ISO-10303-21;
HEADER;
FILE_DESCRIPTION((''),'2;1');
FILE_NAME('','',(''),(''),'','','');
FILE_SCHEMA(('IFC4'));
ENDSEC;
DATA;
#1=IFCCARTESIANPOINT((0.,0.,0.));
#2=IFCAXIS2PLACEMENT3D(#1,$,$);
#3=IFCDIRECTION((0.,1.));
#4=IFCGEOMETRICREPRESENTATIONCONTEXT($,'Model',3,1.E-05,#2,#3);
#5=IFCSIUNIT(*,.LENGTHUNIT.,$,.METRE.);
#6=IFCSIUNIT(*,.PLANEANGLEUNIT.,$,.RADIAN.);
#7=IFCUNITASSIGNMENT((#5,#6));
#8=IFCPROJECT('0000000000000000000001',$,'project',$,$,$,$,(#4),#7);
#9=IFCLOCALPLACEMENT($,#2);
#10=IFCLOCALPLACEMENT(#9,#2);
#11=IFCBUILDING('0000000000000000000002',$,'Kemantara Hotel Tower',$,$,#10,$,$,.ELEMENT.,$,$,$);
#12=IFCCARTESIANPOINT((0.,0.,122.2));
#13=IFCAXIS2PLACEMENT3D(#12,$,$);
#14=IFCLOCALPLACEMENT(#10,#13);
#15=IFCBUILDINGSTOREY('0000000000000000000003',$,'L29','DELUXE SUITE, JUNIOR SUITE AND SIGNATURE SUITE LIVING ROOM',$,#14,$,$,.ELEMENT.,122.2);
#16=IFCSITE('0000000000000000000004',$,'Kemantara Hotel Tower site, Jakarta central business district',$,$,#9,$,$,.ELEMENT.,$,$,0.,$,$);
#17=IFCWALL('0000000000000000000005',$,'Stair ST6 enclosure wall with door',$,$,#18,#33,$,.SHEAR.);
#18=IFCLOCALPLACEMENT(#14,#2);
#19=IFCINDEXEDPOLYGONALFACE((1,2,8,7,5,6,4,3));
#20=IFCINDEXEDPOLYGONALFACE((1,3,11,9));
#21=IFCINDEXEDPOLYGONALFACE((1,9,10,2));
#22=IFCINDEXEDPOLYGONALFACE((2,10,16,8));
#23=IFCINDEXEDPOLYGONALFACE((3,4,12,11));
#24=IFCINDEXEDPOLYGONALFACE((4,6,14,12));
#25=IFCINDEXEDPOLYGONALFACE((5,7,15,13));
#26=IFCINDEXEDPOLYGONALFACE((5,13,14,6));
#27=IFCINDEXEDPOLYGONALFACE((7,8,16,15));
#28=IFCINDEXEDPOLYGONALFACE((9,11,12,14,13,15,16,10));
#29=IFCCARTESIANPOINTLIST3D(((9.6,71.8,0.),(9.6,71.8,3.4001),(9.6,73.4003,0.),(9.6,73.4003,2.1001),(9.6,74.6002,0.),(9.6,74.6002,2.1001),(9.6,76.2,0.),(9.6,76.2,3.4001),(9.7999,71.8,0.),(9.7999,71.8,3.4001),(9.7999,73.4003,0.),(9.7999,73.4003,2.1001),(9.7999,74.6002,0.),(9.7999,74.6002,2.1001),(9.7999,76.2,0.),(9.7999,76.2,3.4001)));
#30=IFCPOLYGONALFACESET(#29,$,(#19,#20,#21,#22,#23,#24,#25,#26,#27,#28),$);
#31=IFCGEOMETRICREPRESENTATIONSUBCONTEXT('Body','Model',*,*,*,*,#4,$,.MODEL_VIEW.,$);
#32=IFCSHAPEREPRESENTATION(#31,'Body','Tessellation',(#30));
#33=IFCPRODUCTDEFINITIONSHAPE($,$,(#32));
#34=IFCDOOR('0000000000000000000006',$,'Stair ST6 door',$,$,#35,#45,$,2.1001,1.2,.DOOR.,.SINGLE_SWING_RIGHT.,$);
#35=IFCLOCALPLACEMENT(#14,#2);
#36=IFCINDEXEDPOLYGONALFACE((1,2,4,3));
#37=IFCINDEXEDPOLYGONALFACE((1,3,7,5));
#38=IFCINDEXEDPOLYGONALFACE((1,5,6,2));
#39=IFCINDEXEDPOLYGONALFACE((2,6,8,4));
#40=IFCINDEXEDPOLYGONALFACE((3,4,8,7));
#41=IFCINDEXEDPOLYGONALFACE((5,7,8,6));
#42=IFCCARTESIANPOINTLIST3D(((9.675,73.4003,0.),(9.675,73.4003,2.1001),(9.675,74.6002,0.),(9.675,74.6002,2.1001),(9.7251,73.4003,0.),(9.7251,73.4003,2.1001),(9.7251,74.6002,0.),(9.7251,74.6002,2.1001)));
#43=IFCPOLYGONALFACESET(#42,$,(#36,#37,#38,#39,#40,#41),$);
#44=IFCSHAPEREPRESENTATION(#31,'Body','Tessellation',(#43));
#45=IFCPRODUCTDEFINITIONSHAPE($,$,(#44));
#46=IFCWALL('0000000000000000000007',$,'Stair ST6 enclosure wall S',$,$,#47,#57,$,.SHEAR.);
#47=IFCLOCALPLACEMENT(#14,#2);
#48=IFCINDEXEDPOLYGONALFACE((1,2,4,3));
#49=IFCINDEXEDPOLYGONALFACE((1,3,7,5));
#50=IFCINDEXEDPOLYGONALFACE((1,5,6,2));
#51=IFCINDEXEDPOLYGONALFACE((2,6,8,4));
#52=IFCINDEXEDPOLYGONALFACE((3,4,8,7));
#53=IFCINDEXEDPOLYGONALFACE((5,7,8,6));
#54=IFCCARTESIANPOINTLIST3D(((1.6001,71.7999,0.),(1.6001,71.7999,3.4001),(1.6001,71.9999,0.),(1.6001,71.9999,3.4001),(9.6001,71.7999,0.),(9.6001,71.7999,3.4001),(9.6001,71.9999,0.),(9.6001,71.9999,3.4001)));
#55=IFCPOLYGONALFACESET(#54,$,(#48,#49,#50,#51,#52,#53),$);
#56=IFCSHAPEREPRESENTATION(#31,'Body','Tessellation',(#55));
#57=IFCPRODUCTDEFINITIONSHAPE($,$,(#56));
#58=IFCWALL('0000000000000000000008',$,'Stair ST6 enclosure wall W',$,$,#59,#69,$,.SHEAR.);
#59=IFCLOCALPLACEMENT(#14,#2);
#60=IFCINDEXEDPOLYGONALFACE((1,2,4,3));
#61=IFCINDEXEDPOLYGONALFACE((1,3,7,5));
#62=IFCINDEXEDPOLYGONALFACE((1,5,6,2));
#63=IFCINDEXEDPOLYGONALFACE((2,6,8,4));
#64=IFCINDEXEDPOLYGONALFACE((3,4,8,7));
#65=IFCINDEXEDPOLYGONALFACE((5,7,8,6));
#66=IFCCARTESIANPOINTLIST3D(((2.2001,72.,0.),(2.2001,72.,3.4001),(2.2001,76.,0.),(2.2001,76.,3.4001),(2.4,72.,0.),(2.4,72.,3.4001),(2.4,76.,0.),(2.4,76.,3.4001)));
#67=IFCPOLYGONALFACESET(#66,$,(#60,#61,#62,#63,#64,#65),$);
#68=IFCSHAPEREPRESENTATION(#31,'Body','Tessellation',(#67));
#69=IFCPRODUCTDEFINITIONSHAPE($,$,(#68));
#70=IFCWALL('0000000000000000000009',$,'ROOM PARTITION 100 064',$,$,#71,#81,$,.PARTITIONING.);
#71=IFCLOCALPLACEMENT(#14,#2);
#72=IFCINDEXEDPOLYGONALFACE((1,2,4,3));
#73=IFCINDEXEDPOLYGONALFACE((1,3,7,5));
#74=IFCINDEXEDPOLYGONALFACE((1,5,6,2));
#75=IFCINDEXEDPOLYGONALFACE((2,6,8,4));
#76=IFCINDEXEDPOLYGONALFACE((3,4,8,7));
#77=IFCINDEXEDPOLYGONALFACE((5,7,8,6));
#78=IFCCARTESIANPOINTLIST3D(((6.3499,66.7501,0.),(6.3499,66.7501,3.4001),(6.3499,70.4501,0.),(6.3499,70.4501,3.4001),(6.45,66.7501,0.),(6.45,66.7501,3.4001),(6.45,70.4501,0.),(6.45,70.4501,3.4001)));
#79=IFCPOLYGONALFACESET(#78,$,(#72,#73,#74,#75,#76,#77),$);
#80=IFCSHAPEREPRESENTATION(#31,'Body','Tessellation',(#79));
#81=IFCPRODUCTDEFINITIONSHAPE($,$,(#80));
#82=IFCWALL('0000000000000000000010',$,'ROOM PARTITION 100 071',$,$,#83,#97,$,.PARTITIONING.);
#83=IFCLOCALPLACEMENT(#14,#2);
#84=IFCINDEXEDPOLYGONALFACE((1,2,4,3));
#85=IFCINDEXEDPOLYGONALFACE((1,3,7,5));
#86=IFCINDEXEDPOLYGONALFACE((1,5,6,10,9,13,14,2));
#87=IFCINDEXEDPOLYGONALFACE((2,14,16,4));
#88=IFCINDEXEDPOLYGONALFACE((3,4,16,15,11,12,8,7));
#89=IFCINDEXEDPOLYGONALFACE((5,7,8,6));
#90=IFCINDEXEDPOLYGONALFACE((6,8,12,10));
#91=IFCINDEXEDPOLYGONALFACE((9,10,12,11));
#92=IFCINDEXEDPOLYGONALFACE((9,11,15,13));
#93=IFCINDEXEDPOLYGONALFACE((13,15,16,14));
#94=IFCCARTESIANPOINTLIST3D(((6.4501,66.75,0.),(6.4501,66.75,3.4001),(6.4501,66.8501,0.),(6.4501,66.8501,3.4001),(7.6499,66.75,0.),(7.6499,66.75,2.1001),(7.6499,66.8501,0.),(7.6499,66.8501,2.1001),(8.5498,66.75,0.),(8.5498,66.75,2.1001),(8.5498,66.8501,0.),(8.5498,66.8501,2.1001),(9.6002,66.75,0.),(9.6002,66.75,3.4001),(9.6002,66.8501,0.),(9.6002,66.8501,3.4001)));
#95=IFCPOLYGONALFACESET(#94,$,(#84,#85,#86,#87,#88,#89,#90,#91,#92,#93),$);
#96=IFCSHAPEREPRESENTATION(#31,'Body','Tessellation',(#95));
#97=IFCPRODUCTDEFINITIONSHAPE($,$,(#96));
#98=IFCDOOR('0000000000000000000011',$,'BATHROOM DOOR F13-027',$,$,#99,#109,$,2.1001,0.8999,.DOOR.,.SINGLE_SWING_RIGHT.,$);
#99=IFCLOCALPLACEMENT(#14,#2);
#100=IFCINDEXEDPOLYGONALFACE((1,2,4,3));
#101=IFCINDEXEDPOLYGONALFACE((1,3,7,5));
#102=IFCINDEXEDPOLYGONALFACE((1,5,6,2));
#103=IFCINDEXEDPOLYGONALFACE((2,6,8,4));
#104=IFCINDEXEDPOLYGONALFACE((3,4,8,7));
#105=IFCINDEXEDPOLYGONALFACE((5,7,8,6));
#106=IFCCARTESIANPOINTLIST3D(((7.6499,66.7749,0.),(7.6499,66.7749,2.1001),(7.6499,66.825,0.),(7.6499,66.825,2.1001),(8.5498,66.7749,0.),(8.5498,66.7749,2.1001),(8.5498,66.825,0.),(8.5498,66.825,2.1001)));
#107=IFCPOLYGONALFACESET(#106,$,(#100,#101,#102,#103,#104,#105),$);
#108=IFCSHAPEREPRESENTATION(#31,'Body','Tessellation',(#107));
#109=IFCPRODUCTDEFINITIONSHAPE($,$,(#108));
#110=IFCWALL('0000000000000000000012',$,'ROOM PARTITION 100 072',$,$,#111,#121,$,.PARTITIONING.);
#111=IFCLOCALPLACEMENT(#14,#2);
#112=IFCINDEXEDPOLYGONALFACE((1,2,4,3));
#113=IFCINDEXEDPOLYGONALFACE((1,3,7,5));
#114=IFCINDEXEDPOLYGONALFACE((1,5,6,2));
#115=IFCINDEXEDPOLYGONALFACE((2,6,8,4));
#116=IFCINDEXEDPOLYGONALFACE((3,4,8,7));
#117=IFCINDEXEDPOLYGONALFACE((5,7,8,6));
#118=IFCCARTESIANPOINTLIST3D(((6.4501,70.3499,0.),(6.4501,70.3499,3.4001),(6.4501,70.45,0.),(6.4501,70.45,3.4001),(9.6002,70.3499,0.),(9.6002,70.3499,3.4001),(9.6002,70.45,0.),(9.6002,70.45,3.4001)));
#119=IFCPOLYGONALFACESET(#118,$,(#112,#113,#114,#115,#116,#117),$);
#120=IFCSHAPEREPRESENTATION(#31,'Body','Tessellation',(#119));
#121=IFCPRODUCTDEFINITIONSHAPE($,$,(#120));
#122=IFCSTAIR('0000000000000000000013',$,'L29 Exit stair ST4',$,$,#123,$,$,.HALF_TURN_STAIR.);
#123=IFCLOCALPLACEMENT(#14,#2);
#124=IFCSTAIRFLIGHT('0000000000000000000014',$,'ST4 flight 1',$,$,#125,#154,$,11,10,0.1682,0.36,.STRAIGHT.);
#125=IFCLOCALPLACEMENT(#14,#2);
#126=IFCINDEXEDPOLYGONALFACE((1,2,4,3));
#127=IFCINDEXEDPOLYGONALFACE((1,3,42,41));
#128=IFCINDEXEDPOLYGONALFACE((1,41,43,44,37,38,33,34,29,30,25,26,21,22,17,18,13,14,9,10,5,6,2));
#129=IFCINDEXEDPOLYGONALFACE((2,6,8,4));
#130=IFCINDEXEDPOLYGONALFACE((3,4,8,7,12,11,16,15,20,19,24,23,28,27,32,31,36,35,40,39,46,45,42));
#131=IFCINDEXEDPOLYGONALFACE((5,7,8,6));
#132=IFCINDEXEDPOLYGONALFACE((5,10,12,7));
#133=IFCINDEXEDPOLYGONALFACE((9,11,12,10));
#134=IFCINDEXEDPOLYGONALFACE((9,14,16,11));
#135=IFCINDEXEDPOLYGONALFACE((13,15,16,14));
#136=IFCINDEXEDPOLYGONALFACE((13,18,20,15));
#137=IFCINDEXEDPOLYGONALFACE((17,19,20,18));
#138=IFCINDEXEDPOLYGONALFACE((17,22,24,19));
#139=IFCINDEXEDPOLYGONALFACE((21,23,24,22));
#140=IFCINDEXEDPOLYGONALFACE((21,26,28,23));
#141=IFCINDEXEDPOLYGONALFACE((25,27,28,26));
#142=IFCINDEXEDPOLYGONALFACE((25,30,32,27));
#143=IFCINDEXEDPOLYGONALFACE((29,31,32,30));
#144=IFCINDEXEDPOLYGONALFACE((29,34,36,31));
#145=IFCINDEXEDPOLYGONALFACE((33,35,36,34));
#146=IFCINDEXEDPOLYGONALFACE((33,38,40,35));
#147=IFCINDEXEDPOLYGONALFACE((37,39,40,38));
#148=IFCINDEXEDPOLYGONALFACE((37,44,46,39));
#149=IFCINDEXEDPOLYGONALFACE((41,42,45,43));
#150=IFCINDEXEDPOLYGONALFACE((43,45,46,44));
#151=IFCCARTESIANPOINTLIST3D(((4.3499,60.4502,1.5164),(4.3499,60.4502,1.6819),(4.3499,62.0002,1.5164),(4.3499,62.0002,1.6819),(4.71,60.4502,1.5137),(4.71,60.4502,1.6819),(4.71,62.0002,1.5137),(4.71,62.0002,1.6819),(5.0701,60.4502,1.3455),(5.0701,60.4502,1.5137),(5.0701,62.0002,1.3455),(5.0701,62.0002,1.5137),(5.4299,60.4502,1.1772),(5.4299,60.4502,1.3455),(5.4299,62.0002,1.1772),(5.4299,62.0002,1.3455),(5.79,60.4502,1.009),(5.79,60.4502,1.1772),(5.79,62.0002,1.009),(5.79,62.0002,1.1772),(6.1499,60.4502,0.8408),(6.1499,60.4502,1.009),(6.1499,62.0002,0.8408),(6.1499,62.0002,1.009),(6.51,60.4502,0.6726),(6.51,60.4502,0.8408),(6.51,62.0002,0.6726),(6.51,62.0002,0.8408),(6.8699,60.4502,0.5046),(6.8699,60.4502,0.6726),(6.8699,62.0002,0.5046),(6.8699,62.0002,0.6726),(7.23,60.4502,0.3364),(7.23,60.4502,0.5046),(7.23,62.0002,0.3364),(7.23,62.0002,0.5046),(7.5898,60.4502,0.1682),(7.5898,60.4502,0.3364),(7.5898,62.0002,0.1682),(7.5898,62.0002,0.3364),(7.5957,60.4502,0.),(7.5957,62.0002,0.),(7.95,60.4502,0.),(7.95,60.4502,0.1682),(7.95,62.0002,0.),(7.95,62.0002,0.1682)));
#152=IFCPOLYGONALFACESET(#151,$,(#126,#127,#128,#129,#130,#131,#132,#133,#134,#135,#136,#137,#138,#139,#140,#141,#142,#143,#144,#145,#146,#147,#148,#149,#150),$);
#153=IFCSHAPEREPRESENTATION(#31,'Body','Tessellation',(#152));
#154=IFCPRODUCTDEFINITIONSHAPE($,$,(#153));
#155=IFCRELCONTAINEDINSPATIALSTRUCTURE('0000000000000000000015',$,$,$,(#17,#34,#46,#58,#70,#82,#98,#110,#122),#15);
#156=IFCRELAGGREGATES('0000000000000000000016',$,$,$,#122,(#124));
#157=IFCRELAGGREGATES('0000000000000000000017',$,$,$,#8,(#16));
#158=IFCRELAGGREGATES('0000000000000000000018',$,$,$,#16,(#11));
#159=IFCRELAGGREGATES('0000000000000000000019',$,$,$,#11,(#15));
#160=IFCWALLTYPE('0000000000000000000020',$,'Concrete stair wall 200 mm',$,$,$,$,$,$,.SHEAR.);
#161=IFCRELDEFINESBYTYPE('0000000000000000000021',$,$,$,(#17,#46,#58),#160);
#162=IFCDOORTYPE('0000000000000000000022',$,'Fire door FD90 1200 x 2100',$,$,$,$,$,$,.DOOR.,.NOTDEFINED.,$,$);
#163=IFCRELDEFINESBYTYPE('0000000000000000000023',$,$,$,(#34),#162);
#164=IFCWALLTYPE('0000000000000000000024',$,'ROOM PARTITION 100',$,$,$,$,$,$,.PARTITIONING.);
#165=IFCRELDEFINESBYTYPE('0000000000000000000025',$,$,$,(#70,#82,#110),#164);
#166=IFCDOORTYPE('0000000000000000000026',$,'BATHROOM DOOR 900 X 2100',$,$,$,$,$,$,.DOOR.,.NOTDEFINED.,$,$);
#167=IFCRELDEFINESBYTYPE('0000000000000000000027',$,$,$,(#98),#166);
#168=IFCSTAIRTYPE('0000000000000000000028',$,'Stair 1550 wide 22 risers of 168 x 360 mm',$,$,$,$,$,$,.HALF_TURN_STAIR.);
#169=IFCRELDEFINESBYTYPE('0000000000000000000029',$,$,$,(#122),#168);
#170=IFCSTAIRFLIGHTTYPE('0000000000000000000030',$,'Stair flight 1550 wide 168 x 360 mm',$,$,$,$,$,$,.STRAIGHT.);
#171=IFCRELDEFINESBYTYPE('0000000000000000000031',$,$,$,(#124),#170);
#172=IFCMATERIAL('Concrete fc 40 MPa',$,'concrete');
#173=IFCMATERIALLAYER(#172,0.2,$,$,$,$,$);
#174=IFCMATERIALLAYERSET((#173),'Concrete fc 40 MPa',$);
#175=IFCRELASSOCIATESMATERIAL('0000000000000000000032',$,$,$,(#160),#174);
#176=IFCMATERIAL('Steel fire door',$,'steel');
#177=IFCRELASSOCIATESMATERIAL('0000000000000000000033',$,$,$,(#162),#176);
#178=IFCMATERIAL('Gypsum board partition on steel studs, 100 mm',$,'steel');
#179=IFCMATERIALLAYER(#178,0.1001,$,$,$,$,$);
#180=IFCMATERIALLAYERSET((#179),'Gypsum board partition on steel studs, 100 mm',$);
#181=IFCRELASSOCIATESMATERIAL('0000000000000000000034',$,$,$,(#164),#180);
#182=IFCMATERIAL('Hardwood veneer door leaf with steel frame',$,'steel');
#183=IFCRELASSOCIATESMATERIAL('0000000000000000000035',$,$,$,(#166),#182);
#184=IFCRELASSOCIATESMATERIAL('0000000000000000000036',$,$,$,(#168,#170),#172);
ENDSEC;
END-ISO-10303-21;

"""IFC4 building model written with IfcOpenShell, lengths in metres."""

from ifc_helpers import new_model, si_unit, direction, frame, frame_2d, origin, place, context, subcontext, project, spatial, polyline, rectangle, outline, extrude, material, layer, layer_set, type_object, element, fill, aggregate, save


model = new_model("IFC4")

# Units and contexts
model_context = context("Model", 3, precision=1e-05, world=origin(), true_north=direction((0.0, 1.0)))
body_context = subcontext(model_context, "Body", "Model", "MODEL_VIEW")
ifc_project = project(units=[si_unit("LENGTHUNIT", "METRE"), si_unit("PLANEANGLEUNIT", "RADIAN")], contexts=[model_context])

# Site, building, storey
site_placement = place(None, origin())
site = spatial("IfcSite", under=ifc_project, at=site_placement, Name="Kemantara Hotel Tower site, Jakarta central business district", CompositionType="ELEMENT", RefElevation=0.0)
building_placement = place(site_placement, origin())
building = spatial("IfcBuilding", under=site, at=building_placement, Name="Kemantara Hotel Tower", CompositionType="ELEMENT")
storey_placement = place(building_placement, frame((0.0, 0.0, 122.2)))
storey = spatial("IfcBuildingStorey", under=building, at=storey_placement, Name="L29", Description="DELUXE SUITE, JUNIOR SUITE AND SIGNATURE SUITE LIVING ROOM", CompositionType="ELEMENT", Elevation=122.2)

# Shared definitions
ifc_material_1 = material(Name="Hardwood veneer door leaf with steel frame", Category="steel")

# Shared definitions
ifc_material_2 = material(Name="Concrete fc 40 MPa", Category="concrete")
ifc_layer_1 = layer(ifc_material_2, 0.2)
ifc_layer_set_1 = layer_set([ifc_layer_1], Name="Concrete fc 40 MPa")
wall_type_1 = type_object("IfcWallType", Name="Concrete stair wall 200 mm", PredefinedType="SHEAR", material=ifc_layer_set_1)

# Wall, opening, door
wall_1_placement = place(storey_placement, frame((9.7, 71.8, 0.0), z_axis=(0.0, 0.0, 1.0), x_axis=(0.0, 1.0, 0.0)))
wall_1 = element("IfcWall", 1, at=wall_1_placement, inside=storey, type_object=wall_type_1, Name="Stair ST6 enclosure wall with door", PredefinedType="SHEAR", context=body_context, shape_type="SweptSolid", body=[
    extrude(rectangle(XDim=4.3999, YDim=0.2, at=frame_2d((2.2, 0.0))), origin(), (0.0, 0.0, 1.0), 3.4001),
])
opening_1_placement = place(wall_1_placement, frame((1.6001, 0.0, 0.0)))
opening_1 = element("IfcOpeningElement", 2, at=opening_1_placement, cuts=wall_1, PredefinedType="OPENING", context=body_context, shape_type="SweptSolid", body=[
    extrude(rectangle(XDim=1.2, YDim=2.1001, at=frame_2d((0.6001, 1.05))), frame((0.0, 0.1099, 0.0), z_axis=(0.0, -1.0, 0.0), x_axis=(1.0, 0.0, 0.0)), (0.0, 0.0, 1.0), 0.22),
])
ifc_material_3 = material(Name="Steel fire door", Category="steel")
door_type_1 = type_object("IfcDoorType", Name="Fire door FD90 1200 x 2100", OperationType="NOTDEFINED", PredefinedType="DOOR", material=ifc_material_3)
door_1_placement = place(opening_1_placement, origin())
door_1 = element("IfcDoor", 3, at=door_1_placement, inside=storey, type_object=door_type_1, Name="Stair ST6 door", OperationType="SINGLE_SWING_RIGHT", OverallHeight=2.1001, OverallWidth=1.2, PredefinedType="DOOR", context=body_context, shape_type="SweptSolid", body=[
    extrude(rectangle(XDim=1.2, YDim=2.1001, at=frame_2d((0.6001, 1.05))), frame((0.0, 0.0249, 0.0), z_axis=(0.0, -1.0, 0.0), x_axis=(1.0, 0.0, 0.0)), (0.0, 0.0, 1.0), 0.05),
])
fill(opening_1, door_1)

# Walls
wall_2_placement = place(storey_placement, frame((1.6001, 71.8999, 0.0), z_axis=(0.0, 0.0, 1.0), x_axis=(1.0, 0.0, 0.0)))
element("IfcWall", 4, at=wall_2_placement, inside=storey, type_object=wall_type_1, Name="Stair ST6 enclosure wall S", PredefinedType="SHEAR", context=body_context, shape_type="SweptSolid", body=[
    extrude(rectangle(XDim=8.0, YDim=0.2, at=frame_2d((4.0, 0.0))), origin(), (0.0, 0.0, 1.0), 3.4001),
])
wall_3_placement = place(storey_placement, frame((2.3, 72.0, 0.0), z_axis=(0.0, 0.0, 1.0), x_axis=(0.0, 1.0, 0.0)))
element("IfcWall", 5, at=wall_3_placement, inside=storey, type_object=wall_type_1, Name="Stair ST6 enclosure wall W", PredefinedType="SHEAR", context=body_context, shape_type="SweptSolid", body=[
    extrude(rectangle(XDim=4.0, YDim=0.2, at=frame_2d((2.0, 0.0))), origin(), (0.0, 0.0, 1.0), 3.4001),
])
ifc_material_4 = material(Name="Gypsum board partition on steel studs, 100 mm", Category="steel")
ifc_layer_2 = layer(ifc_material_4, 0.1001)
ifc_layer_set_2 = layer_set([ifc_layer_2], Name="Gypsum board partition on steel studs, 100 mm")
wall_type_2 = type_object("IfcWallType", Name="ROOM PARTITION 100", PredefinedType="PARTITIONING", material=ifc_layer_set_2)
wall_4_placement = place(storey_placement, frame((6.3999, 66.75, 0.0), z_axis=(0.0, 0.0, 1.0), x_axis=(0.0, 1.0, 0.0)))
element("IfcWall", 6, at=wall_4_placement, inside=storey, type_object=wall_type_2, Name="ROOM PARTITION 100 064", PredefinedType="PARTITIONING", context=body_context, shape_type="SweptSolid", body=[
    extrude(rectangle(XDim=3.7, YDim=0.1001, at=frame_2d((1.8501, 0.0))), origin(), (0.0, 0.0, 1.0), 3.4001),
])

# Wall, opening, door
wall_5_placement = place(storey_placement, frame((6.45, 66.8, 0.0), z_axis=(0.0, 0.0, 1.0), x_axis=(1.0, 0.0, 0.0)))
wall_5 = element("IfcWall", 7, at=wall_5_placement, inside=storey, type_object=wall_type_2, Name="ROOM PARTITION 100 071", PredefinedType="PARTITIONING", context=body_context, shape_type="SweptSolid", body=[
    extrude(rectangle(XDim=3.1501, YDim=0.1001, at=frame_2d((1.5752, 0.0))), origin(), (0.0, 0.0, 1.0), 3.4001),
])
opening_2_placement = place(wall_5_placement, frame((1.2, 0.0, 0.0)))
opening_2 = element("IfcOpeningElement", 8, at=opening_2_placement, cuts=wall_5, PredefinedType="OPENING", context=body_context, shape_type="SweptSolid", body=[
    extrude(rectangle(XDim=0.8999, YDim=2.1001, at=frame_2d((0.45, 1.05))), frame((0.0, 0.0601, 0.0), z_axis=(0.0, -1.0, 0.0), x_axis=(1.0, 0.0, 0.0)), (0.0, 0.0, 1.0), 0.1201),
])
door_type_2 = type_object("IfcDoorType", Name="BATHROOM DOOR 900 X 2100", OperationType="NOTDEFINED", PredefinedType="DOOR", material=ifc_material_1)
door_2_placement = place(opening_2_placement, origin())
door_2 = element("IfcDoor", 9, at=door_2_placement, inside=storey, type_object=door_type_2, Name="BATHROOM DOOR F13-027", OperationType="SINGLE_SWING_RIGHT", OverallHeight=2.1001, OverallWidth=0.8999, PredefinedType="DOOR", context=body_context, shape_type="SweptSolid", body=[
    extrude(rectangle(XDim=0.8999, YDim=2.1001, at=frame_2d((0.45, 1.05))), frame((0.0, 0.0249, 0.0), z_axis=(0.0, -1.0, 0.0), x_axis=(1.0, 0.0, 0.0)), (0.0, 0.0, 1.0), 0.05),
])
fill(opening_2, door_2)

# Wall
wall_6_placement = place(storey_placement, frame((6.45, 70.3999, 0.0), z_axis=(0.0, 0.0, 1.0), x_axis=(1.0, 0.0, 0.0)))
element("IfcWall", 10, at=wall_6_placement, inside=storey, type_object=wall_type_2, Name="ROOM PARTITION 100 072", PredefinedType="PARTITIONING", context=body_context, shape_type="SweptSolid", body=[
    extrude(rectangle(XDim=3.1501, YDim=0.1001, at=frame_2d((1.5752, 0.0))), origin(), (0.0, 0.0, 1.0), 3.4001),
])

# Stair, stair flight
stair_type = type_object("IfcStairType", Name="Stair 1550 wide 22 risers of 168 x 360 mm", PredefinedType="HALF_TURN_STAIR", material=ifc_material_2)
stair_placement = place(storey_placement, origin())
stair = element("IfcStair", 11, at=stair_placement, inside=storey, type_object=stair_type, Name="L29 Exit stair ST4", PredefinedType="HALF_TURN_STAIR")
stair_flight_type = type_object("IfcStairFlightType", Name="Stair flight 1550 wide 168 x 360 mm", PredefinedType="STRAIGHT", material=ifc_material_2)
stair_flight_1_placement = place(storey_placement, frame((7.95, 61.2251, 0.0), z_axis=(0.0, 0.0, 1.0), x_axis=(-1.0, 0.0, 0.0)))
stair_flight_1 = element("IfcStairFlight", 12, at=stair_flight_1_placement, type_object=stair_flight_type, Name="ST4 flight 1", NumberOfRisers=11, NumberOfTreads=10, PredefinedType="STRAIGHT", RiserHeight=0.1682, TreadLength=0.36, context=body_context, shape_type="SweptSolid", body=[
    extrude(outline(polyline([(0.0, 0.0), (0.0, 0.1682), (0.3601, 0.1682), (0.3601, 0.3364), (0.72, 0.3364), (0.72, 0.5046), (1.0801, 0.5046), (1.0801, 0.6726), (1.4399, 0.6726), (1.4399, 0.8408), (1.8, 0.8408), (1.8, 1.009), (2.1599, 1.009), (2.1599, 1.1772), (2.52, 1.1772), (2.52, 1.3455), (2.8799, 1.3455), (2.8799, 1.5137), (3.24, 1.5137), (3.24, 1.6819), (3.6001, 1.6819), (3.6001, 1.8501), (3.6001, 1.5164), (0.3542, 0.0), (0.0, 0.0)])), frame((0.0, 0.7749, 0.0), z_axis=(0.0, -1.0, 0.0), x_axis=(1.0, 0.0, 0.0)), (0.0, 0.0, 1.0), 1.55),
])
aggregate(stair, [stair_flight_1])

save(model, "model.ifc")
